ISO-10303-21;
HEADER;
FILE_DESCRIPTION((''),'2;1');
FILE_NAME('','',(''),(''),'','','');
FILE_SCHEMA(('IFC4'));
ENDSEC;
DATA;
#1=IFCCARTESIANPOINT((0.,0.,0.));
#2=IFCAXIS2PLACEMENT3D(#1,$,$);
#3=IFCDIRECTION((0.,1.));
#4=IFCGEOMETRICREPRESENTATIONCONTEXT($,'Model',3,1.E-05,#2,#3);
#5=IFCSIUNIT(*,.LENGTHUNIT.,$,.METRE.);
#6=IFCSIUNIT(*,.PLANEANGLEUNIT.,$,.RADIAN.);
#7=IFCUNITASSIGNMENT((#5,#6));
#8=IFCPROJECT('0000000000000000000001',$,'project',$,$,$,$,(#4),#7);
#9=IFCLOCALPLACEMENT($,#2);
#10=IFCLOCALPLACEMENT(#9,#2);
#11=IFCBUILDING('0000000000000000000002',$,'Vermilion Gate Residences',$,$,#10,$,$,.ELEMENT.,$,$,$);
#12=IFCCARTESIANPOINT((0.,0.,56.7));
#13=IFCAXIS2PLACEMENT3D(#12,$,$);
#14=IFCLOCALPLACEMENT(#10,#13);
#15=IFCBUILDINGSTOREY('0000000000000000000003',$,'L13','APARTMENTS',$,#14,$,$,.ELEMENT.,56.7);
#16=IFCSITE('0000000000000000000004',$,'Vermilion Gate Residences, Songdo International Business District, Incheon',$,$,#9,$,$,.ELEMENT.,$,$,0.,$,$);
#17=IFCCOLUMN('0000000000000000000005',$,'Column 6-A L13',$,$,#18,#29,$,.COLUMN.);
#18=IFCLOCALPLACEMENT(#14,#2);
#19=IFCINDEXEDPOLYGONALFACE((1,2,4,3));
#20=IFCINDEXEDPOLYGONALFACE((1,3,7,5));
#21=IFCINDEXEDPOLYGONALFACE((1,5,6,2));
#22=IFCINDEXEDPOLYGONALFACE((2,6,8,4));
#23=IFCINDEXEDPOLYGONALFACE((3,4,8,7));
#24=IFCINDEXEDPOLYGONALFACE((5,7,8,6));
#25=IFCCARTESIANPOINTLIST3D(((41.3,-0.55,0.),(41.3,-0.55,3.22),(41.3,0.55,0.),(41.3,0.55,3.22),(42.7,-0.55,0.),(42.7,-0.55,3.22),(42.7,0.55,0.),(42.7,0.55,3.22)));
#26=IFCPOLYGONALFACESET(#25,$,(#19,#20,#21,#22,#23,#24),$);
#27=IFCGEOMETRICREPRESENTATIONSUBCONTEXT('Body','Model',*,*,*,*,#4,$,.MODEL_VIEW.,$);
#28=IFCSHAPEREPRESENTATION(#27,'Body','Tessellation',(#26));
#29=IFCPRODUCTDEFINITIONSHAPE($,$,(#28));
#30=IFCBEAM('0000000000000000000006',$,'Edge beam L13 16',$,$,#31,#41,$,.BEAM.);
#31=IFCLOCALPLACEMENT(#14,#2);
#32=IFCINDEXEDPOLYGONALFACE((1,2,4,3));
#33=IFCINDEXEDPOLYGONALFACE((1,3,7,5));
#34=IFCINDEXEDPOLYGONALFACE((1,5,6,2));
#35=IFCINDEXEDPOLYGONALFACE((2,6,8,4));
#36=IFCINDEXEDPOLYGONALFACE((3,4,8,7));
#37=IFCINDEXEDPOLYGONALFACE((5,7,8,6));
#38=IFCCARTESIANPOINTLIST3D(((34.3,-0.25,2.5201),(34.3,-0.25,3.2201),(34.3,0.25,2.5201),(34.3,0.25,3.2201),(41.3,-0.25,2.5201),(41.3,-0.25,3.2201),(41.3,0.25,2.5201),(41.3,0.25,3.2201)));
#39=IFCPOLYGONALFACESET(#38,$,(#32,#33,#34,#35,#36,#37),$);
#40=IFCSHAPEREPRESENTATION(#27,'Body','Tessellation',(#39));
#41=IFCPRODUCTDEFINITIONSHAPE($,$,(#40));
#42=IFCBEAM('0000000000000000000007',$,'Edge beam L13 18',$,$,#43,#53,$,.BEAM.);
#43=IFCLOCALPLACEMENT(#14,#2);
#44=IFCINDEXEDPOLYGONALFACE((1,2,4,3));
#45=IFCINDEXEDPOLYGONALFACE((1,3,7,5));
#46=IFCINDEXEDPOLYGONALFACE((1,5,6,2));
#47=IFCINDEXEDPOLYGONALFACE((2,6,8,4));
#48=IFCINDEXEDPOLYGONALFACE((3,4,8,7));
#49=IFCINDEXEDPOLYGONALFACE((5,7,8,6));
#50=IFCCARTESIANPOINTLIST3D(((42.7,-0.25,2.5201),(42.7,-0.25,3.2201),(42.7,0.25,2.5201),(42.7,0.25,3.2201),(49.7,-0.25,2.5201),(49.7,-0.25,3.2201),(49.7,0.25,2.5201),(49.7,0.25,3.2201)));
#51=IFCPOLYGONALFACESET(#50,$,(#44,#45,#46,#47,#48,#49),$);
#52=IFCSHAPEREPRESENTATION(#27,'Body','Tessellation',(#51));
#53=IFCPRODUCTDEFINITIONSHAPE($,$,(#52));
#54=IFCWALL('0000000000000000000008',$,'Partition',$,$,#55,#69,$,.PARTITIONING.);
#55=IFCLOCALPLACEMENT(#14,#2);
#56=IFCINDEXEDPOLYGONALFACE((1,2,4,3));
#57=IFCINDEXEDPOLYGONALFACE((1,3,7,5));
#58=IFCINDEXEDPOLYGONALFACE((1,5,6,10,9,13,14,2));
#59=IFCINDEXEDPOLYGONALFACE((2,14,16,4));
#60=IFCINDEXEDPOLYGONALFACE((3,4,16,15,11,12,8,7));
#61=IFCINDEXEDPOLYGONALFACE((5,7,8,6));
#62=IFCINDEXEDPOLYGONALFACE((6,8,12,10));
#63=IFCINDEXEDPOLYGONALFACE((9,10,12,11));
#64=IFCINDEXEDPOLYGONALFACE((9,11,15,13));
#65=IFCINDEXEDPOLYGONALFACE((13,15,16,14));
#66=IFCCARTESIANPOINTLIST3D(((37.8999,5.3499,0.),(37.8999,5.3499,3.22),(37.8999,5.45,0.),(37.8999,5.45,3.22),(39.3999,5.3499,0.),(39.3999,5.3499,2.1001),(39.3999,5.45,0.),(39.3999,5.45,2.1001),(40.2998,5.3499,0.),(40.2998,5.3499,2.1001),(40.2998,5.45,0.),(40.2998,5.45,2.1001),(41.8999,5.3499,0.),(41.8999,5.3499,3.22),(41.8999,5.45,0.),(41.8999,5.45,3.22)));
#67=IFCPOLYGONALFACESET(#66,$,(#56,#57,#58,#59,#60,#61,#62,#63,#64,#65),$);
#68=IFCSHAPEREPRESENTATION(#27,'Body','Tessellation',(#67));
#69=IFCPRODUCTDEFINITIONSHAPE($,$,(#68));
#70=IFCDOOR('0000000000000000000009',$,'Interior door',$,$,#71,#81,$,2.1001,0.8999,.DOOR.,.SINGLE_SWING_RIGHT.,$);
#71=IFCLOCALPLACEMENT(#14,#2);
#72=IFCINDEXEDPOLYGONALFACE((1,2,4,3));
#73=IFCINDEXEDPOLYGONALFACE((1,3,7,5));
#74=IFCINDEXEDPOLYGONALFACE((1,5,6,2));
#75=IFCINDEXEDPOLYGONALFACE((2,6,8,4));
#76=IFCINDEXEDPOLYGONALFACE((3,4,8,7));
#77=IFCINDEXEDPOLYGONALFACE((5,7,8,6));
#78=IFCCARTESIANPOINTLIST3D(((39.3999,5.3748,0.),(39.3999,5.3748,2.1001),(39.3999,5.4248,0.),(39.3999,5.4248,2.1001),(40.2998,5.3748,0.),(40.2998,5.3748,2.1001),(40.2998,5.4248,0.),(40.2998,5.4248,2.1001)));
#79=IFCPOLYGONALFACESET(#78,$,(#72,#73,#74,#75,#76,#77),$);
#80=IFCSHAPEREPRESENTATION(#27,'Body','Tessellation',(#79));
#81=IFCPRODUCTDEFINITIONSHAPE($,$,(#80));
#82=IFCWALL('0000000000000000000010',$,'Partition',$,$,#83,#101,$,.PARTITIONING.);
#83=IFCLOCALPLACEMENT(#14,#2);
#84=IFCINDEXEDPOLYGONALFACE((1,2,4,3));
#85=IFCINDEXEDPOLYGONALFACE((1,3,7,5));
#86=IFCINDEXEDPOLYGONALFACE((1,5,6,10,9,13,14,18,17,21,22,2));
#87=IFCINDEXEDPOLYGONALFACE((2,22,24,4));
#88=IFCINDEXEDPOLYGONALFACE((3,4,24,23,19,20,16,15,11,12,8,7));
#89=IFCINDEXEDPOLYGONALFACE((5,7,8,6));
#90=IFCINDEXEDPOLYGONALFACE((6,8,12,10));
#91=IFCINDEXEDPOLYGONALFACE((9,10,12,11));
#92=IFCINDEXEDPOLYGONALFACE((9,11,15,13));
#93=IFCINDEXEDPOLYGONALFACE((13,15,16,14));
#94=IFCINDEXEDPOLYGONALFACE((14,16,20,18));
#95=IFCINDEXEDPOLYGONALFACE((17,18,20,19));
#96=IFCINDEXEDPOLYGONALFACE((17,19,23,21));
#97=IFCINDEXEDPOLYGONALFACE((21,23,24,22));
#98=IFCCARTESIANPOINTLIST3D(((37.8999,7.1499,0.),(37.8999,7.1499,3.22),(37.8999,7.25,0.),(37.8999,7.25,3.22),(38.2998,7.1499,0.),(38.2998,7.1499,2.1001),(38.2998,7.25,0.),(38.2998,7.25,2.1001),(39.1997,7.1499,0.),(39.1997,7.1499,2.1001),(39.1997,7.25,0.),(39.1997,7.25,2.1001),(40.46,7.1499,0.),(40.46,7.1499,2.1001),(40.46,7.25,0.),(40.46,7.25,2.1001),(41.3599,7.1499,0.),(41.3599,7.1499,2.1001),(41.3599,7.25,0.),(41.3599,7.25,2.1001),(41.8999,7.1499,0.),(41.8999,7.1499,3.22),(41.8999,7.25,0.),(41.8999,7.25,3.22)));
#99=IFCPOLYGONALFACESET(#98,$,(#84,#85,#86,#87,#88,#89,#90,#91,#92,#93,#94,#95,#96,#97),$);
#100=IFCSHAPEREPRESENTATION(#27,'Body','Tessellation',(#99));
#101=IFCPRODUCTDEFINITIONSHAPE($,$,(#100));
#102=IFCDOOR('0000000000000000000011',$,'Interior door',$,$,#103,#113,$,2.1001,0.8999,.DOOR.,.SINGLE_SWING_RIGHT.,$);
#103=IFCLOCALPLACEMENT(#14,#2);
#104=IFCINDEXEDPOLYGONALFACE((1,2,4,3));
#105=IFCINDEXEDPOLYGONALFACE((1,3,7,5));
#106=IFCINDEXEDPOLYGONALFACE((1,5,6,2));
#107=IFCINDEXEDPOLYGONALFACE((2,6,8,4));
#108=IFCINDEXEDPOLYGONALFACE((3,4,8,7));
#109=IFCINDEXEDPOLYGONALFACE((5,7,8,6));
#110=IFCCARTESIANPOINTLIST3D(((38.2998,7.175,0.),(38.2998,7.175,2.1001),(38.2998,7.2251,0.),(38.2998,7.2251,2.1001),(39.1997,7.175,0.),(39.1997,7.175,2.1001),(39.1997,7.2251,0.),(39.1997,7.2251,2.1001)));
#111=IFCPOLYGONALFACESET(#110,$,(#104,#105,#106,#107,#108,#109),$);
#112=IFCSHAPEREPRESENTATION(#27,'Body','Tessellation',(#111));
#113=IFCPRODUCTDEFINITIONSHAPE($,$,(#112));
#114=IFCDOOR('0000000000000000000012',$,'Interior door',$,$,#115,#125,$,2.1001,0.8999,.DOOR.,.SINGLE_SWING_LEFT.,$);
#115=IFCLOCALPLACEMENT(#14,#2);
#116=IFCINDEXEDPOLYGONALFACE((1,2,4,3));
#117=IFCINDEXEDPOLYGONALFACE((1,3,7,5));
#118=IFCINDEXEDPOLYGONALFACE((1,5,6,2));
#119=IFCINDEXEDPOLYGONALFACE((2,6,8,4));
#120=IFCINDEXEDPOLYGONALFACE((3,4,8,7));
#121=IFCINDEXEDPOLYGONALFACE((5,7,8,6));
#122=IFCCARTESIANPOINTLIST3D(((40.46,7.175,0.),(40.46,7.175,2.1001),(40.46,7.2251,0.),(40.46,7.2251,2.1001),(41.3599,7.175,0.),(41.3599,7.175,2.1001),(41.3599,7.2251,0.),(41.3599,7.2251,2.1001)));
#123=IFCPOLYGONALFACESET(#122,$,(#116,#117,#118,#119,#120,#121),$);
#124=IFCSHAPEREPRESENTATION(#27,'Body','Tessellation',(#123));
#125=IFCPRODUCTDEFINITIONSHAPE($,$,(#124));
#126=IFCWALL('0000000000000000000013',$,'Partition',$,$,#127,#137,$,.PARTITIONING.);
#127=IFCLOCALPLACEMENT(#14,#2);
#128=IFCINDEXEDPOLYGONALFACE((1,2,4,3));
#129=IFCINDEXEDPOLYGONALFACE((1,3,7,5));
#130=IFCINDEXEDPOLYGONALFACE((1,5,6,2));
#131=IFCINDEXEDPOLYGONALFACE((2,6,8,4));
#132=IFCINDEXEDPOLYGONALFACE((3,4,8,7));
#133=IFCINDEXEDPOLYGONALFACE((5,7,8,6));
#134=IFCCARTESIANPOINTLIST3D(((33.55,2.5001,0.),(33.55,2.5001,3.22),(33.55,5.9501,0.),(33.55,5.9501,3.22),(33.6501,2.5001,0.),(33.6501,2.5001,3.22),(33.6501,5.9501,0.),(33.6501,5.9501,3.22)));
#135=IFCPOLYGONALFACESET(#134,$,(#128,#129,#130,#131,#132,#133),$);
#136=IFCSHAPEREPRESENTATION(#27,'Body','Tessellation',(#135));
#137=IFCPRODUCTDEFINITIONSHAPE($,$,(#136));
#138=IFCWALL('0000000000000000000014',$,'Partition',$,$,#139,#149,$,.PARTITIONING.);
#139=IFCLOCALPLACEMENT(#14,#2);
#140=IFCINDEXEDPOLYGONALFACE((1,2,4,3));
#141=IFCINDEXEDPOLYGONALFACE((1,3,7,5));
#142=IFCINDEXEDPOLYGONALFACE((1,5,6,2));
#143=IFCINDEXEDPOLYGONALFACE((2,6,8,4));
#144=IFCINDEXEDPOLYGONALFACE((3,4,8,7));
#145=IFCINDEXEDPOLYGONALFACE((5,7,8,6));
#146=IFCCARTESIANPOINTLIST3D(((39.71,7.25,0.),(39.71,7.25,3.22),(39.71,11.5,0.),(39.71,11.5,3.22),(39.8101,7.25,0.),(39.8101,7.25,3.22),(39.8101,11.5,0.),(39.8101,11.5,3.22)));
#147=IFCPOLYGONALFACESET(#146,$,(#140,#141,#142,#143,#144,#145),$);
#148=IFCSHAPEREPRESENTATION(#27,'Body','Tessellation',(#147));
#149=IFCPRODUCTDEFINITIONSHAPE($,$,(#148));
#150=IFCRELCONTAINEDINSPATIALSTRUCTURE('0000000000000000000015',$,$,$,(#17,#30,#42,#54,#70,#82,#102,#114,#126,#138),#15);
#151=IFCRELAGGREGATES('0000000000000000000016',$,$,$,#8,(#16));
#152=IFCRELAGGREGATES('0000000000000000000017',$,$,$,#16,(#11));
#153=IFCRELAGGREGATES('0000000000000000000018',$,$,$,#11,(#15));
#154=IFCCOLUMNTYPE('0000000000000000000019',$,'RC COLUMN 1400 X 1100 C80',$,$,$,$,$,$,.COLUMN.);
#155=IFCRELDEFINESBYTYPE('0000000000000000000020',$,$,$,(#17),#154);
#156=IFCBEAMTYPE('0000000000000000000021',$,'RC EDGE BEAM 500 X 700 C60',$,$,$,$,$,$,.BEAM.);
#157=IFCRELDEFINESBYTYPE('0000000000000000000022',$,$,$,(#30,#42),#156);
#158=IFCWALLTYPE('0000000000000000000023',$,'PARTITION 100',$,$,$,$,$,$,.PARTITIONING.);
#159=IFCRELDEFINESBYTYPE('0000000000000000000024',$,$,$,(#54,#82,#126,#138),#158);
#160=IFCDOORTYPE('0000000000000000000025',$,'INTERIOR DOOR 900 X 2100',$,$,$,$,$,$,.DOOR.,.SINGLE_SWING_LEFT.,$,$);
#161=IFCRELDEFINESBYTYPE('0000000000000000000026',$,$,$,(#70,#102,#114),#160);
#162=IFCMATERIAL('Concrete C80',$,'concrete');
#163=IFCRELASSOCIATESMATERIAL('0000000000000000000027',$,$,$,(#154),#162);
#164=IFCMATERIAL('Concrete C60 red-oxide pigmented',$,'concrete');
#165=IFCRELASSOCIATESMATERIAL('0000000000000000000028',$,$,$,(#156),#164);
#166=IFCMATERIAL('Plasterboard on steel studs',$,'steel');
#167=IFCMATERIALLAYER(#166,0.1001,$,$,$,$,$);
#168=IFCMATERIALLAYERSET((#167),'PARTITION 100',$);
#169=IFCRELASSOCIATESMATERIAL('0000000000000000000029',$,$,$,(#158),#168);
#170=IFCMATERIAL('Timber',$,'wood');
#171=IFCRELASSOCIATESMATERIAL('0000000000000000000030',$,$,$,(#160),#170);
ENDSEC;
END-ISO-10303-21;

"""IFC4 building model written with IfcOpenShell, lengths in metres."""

from ifc_helpers import new_model, si_unit, direction, frame, frame_2d, origin, origin_2d, place, context, subcontext, project, spatial, rectangle, extrude, material, layer, layer_set, material_profile, profile_set, type_object, element, fill, save


model = new_model("IFC4")

# Units and contexts
model_context = context("Model", 3, precision=1e-05, world=origin(), true_north=direction((0.0, 1.0)))
body_context = subcontext(model_context, "Body", "Model", "MODEL_VIEW")
ifc_project = project(units=[si_unit("LENGTHUNIT", "METRE"), si_unit("PLANEANGLEUNIT", "RADIAN")], contexts=[model_context])

# Site, building, storey
site_placement = place(None, origin())
site = spatial("IfcSite", under=ifc_project, at=site_placement, Name="Vermilion Gate Residences, Songdo International Business District, Incheon", CompositionType="ELEMENT", RefElevation=0.0)
building_placement = place(site_placement, origin())
building = spatial("IfcBuilding", under=site, at=building_placement, Name="Vermilion Gate Residences", CompositionType="ELEMENT")
storey_placement = place(building_placement, frame((0.0, 0.0, 56.7)))
storey = spatial("IfcBuildingStorey", under=building, at=storey_placement, Name="L13", Description="APARTMENTS", CompositionType="ELEMENT", Elevation=56.7)

# Column
ifc_material_1 = material(Name="Concrete C80", Category="concrete")
ifc_material_profile_1 = material_profile(ifc_material_1, rectangle(XDim=1.3999, YDim=1.1001, at=origin_2d()), Name="RC-1400x1100")
ifc_profile_set_1 = profile_set([ifc_material_profile_1], Name="Concrete C80")
column_type = type_object("IfcColumnType", Name="RC COLUMN 1400 X 1100 C80", PredefinedType="COLUMN", material=ifc_profile_set_1)
column_placement = place(storey_placement, frame((42.0, 0.0, 0.0), z_axis=(0.0, 0.0, 1.0), x_axis=(1.0, 0.0, 0.0)))
element("IfcColumn", 1, at=column_placement, inside=storey, type_object=column_type, Name="Column 6-A L13", PredefinedType="COLUMN", context=body_context, shape_type="SweptSolid", body=[
    extrude(rectangle(XDim=1.3999, YDim=1.1001, at=origin_2d()), origin(), (0.0, 0.0, 1.0), 3.22),
])

# Beams
ifc_material_2 = material(Name="Concrete C60 red-oxide pigmented", Category="concrete")
ifc_material_profile_2 = material_profile(ifc_material_2, rectangle(XDim=0.5, YDim=0.7, at=origin_2d()), Name="RC-500x700")
ifc_profile_set_2 = profile_set([ifc_material_profile_2], Name="Concrete C60 red-oxide pigmented")
beam_type = type_object("IfcBeamType", Name="RC EDGE BEAM 500 X 700 C60", PredefinedType="BEAM", material=ifc_profile_set_2)
for number, where, z_axis, x_axis, name in (
    (2, (34.3, 0.0, 2.8701), (1.0, 0.0, 0.0), (0.0, 1.0, 0.0), "Edge beam L13 16"),
    (3, (42.7, 0.0, 2.8701), (1.0, 0.0, 0.0), (0.0, 1.0, 0.0), "Edge beam L13 18"),
):
    element("IfcBeam", number, at=place(storey_placement, frame(where, z_axis=z_axis, x_axis=x_axis)), inside=storey, type_object=beam_type, Name=name, PredefinedType="BEAM", context=body_context, shape_type="SweptSolid", body=[
        extrude(rectangle(XDim=0.5, YDim=0.7, at=origin_2d()), origin(), (0.0, 0.0, 1.0), 7.0),
    ])

# Wall, opening, door
ifc_material_3 = material(Name="Plasterboard on steel studs", Category="steel")
ifc_layer_1 = layer(ifc_material_3, 0.1001)
ifc_layer_set_1 = layer_set([ifc_layer_1], Name="PARTITION 100")
wall_type_1 = type_object("IfcWallType", Name="PARTITION 100", PredefinedType="PARTITIONING", material=ifc_layer_set_1)
wall_1_placement = place(storey_placement, frame((37.8999, 5.3999, 0.0), z_axis=(0.0, 0.0, 1.0), x_axis=(1.0, 0.0, 0.0)))
wall_1 = element("IfcWall", 4, at=wall_1_placement, inside=storey, type_object=wall_type_1, Name="Partition", PredefinedType="PARTITIONING", context=body_context, shape_type="SweptSolid", body=[
    extrude(rectangle(XDim=4.0, YDim=0.1001, at=frame_2d((2.0, 0.0))), origin(), (0.0, 0.0, 1.0), 3.22),
])
opening_1_placement = place(wall_1_placement, frame((1.5, 0.0, 0.0)))
opening_1 = element("IfcOpeningElement", 5, at=opening_1_placement, cuts=wall_1, PredefinedType="OPENING", context=body_context, shape_type="SweptSolid", body=[
    extrude(rectangle(XDim=0.8999, YDim=2.1001, at=frame_2d((0.45, 1.05))), frame((0.0, 0.0601, 0.0), z_axis=(0.0, -1.0, 0.0), x_axis=(1.0, 0.0, 0.0)), (0.0, 0.0, 1.0), 0.1201),
])
ifc_material_4 = material(Name="Timber", Category="wood")
door_type_1 = type_object("IfcDoorType", Name="INTERIOR DOOR 900 X 2100", OperationType="SINGLE_SWING_LEFT", PredefinedType="DOOR", material=ifc_material_4)
door_1_placement = place(opening_1_placement, origin())
door_1 = element("IfcDoor", 6, at=door_1_placement, inside=storey, type_object=door_type_1, Name="Interior door", OperationType="SINGLE_SWING_RIGHT", OverallHeight=2.1001, OverallWidth=0.8999, PredefinedType="DOOR", context=body_context, shape_type="SweptSolid", body=[
    extrude(rectangle(XDim=0.8999, YDim=2.1001, at=frame_2d((0.45, 1.05))), frame((0.0, 0.0249, 0.0), z_axis=(0.0, -1.0, 0.0), x_axis=(1.0, 0.0, 0.0)), (0.0, 0.0, 1.0), 0.05),
])
fill(opening_1, door_1)

# Wall, openings, doors
wall_2_placement = place(storey_placement, frame((37.8999, 7.2, 0.0), z_axis=(0.0, 0.0, 1.0), x_axis=(1.0, 0.0, 0.0)))
wall_2 = element("IfcWall", 7, at=wall_2_placement, inside=storey, type_object=wall_type_1, Name="Partition", PredefinedType="PARTITIONING", context=body_context, shape_type="SweptSolid", body=[
    extrude(rectangle(XDim=4.0, YDim=0.1001, at=frame_2d((2.0, 0.0))), origin(), (0.0, 0.0, 1.0), 3.22),
])
opening_2_placement = place(wall_2_placement, frame((0.3999, 0.0, 0.0)))
opening_2 = element("IfcOpeningElement", 8, at=opening_2_placement, cuts=wall_2, PredefinedType="OPENING", context=body_context, shape_type="SweptSolid", body=[
    extrude(rectangle(XDim=0.8999, YDim=2.1001, at=frame_2d((0.45, 1.05))), frame((0.0, 0.0601, 0.0), z_axis=(0.0, -1.0, 0.0), x_axis=(1.0, 0.0, 0.0)), (0.0, 0.0, 1.0), 0.1201),
])
opening_3_placement = place(wall_2_placement, frame((2.5601, 0.0, 0.0)))
opening_3 = element("IfcOpeningElement", 9, at=opening_3_placement, cuts=wall_2, PredefinedType="OPENING", context=body_context, shape_type="SweptSolid", body=[
    extrude(rectangle(XDim=0.8999, YDim=2.1001, at=frame_2d((0.45, 1.05))), frame((0.0, 0.0601, 0.0), z_axis=(0.0, -1.0, 0.0), x_axis=(1.0, 0.0, 0.0)), (0.0, 0.0, 1.0), 0.1201),
])
door_2_placement = place(opening_2_placement, frame((0.8999, 0.0, 0.0), z_axis=(0.0, 0.0, 1.0), x_axis=(-1.0, 0.0, 0.0)))
door_2 = element("IfcDoor", 10, at=door_2_placement, inside=storey, type_object=door_type_1, Name="Interior door", OperationType="SINGLE_SWING_RIGHT", OverallHeight=2.1001, OverallWidth=0.8999, PredefinedType="DOOR", context=body_context, shape_type="SweptSolid", body=[
    extrude(rectangle(XDim=0.8999, YDim=2.1001, at=frame_2d((0.45, 1.05))), frame((0.0, 0.0249, 0.0), z_axis=(0.0, -1.0, 0.0), x_axis=(1.0, 0.0, 0.0)), (0.0, 0.0, 1.0), 0.05),
])
fill(opening_2, door_2)
door_3_placement = place(opening_3_placement, frame((0.8999, 0.0, 0.0), z_axis=(0.0, 0.0, 1.0), x_axis=(-1.0, 0.0, 0.0)))
door_3 = element("IfcDoor", 11, at=door_3_placement, inside=storey, type_object=door_type_1, Name="Interior door", OperationType="SINGLE_SWING_LEFT", OverallHeight=2.1001, OverallWidth=0.8999, PredefinedType="DOOR", context=body_context, shape_type="SweptSolid", body=[
    extrude(rectangle(XDim=0.8999, YDim=2.1001, at=frame_2d((0.45, 1.05))), frame((0.0, 0.0249, 0.0), z_axis=(0.0, -1.0, 0.0), x_axis=(1.0, 0.0, 0.0)), (0.0, 0.0, 1.0), 0.05),
])
fill(opening_3, door_3)

# Walls
wall_3_placement = place(storey_placement, frame((33.6001, 2.5, 0.0), z_axis=(0.0, 0.0, 1.0), x_axis=(0.0, 1.0, 0.0)))
element("IfcWall", 12, at=wall_3_placement, inside=storey, type_object=wall_type_1, Name="Partition", PredefinedType="PARTITIONING", context=body_context, shape_type="SweptSolid", body=[
    extrude(rectangle(XDim=3.45, YDim=0.1001, at=frame_2d((1.7251, 0.0))), origin(), (0.0, 0.0, 1.0), 3.22),
])
wall_4_placement = place(storey_placement, frame((39.76, 7.25, 0.0), z_axis=(0.0, 0.0, 1.0), x_axis=(0.0, 1.0, 0.0)))
element("IfcWall", 13, at=wall_4_placement, inside=storey, type_object=wall_type_1, Name="Partition", PredefinedType="PARTITIONING", context=body_context, shape_type="SweptSolid", body=[
    extrude(rectangle(XDim=4.25, YDim=0.1001, at=frame_2d((2.125, 0.0))), origin(), (0.0, 0.0, 1.0), 3.22),
])

save(model, "model.ifc")
